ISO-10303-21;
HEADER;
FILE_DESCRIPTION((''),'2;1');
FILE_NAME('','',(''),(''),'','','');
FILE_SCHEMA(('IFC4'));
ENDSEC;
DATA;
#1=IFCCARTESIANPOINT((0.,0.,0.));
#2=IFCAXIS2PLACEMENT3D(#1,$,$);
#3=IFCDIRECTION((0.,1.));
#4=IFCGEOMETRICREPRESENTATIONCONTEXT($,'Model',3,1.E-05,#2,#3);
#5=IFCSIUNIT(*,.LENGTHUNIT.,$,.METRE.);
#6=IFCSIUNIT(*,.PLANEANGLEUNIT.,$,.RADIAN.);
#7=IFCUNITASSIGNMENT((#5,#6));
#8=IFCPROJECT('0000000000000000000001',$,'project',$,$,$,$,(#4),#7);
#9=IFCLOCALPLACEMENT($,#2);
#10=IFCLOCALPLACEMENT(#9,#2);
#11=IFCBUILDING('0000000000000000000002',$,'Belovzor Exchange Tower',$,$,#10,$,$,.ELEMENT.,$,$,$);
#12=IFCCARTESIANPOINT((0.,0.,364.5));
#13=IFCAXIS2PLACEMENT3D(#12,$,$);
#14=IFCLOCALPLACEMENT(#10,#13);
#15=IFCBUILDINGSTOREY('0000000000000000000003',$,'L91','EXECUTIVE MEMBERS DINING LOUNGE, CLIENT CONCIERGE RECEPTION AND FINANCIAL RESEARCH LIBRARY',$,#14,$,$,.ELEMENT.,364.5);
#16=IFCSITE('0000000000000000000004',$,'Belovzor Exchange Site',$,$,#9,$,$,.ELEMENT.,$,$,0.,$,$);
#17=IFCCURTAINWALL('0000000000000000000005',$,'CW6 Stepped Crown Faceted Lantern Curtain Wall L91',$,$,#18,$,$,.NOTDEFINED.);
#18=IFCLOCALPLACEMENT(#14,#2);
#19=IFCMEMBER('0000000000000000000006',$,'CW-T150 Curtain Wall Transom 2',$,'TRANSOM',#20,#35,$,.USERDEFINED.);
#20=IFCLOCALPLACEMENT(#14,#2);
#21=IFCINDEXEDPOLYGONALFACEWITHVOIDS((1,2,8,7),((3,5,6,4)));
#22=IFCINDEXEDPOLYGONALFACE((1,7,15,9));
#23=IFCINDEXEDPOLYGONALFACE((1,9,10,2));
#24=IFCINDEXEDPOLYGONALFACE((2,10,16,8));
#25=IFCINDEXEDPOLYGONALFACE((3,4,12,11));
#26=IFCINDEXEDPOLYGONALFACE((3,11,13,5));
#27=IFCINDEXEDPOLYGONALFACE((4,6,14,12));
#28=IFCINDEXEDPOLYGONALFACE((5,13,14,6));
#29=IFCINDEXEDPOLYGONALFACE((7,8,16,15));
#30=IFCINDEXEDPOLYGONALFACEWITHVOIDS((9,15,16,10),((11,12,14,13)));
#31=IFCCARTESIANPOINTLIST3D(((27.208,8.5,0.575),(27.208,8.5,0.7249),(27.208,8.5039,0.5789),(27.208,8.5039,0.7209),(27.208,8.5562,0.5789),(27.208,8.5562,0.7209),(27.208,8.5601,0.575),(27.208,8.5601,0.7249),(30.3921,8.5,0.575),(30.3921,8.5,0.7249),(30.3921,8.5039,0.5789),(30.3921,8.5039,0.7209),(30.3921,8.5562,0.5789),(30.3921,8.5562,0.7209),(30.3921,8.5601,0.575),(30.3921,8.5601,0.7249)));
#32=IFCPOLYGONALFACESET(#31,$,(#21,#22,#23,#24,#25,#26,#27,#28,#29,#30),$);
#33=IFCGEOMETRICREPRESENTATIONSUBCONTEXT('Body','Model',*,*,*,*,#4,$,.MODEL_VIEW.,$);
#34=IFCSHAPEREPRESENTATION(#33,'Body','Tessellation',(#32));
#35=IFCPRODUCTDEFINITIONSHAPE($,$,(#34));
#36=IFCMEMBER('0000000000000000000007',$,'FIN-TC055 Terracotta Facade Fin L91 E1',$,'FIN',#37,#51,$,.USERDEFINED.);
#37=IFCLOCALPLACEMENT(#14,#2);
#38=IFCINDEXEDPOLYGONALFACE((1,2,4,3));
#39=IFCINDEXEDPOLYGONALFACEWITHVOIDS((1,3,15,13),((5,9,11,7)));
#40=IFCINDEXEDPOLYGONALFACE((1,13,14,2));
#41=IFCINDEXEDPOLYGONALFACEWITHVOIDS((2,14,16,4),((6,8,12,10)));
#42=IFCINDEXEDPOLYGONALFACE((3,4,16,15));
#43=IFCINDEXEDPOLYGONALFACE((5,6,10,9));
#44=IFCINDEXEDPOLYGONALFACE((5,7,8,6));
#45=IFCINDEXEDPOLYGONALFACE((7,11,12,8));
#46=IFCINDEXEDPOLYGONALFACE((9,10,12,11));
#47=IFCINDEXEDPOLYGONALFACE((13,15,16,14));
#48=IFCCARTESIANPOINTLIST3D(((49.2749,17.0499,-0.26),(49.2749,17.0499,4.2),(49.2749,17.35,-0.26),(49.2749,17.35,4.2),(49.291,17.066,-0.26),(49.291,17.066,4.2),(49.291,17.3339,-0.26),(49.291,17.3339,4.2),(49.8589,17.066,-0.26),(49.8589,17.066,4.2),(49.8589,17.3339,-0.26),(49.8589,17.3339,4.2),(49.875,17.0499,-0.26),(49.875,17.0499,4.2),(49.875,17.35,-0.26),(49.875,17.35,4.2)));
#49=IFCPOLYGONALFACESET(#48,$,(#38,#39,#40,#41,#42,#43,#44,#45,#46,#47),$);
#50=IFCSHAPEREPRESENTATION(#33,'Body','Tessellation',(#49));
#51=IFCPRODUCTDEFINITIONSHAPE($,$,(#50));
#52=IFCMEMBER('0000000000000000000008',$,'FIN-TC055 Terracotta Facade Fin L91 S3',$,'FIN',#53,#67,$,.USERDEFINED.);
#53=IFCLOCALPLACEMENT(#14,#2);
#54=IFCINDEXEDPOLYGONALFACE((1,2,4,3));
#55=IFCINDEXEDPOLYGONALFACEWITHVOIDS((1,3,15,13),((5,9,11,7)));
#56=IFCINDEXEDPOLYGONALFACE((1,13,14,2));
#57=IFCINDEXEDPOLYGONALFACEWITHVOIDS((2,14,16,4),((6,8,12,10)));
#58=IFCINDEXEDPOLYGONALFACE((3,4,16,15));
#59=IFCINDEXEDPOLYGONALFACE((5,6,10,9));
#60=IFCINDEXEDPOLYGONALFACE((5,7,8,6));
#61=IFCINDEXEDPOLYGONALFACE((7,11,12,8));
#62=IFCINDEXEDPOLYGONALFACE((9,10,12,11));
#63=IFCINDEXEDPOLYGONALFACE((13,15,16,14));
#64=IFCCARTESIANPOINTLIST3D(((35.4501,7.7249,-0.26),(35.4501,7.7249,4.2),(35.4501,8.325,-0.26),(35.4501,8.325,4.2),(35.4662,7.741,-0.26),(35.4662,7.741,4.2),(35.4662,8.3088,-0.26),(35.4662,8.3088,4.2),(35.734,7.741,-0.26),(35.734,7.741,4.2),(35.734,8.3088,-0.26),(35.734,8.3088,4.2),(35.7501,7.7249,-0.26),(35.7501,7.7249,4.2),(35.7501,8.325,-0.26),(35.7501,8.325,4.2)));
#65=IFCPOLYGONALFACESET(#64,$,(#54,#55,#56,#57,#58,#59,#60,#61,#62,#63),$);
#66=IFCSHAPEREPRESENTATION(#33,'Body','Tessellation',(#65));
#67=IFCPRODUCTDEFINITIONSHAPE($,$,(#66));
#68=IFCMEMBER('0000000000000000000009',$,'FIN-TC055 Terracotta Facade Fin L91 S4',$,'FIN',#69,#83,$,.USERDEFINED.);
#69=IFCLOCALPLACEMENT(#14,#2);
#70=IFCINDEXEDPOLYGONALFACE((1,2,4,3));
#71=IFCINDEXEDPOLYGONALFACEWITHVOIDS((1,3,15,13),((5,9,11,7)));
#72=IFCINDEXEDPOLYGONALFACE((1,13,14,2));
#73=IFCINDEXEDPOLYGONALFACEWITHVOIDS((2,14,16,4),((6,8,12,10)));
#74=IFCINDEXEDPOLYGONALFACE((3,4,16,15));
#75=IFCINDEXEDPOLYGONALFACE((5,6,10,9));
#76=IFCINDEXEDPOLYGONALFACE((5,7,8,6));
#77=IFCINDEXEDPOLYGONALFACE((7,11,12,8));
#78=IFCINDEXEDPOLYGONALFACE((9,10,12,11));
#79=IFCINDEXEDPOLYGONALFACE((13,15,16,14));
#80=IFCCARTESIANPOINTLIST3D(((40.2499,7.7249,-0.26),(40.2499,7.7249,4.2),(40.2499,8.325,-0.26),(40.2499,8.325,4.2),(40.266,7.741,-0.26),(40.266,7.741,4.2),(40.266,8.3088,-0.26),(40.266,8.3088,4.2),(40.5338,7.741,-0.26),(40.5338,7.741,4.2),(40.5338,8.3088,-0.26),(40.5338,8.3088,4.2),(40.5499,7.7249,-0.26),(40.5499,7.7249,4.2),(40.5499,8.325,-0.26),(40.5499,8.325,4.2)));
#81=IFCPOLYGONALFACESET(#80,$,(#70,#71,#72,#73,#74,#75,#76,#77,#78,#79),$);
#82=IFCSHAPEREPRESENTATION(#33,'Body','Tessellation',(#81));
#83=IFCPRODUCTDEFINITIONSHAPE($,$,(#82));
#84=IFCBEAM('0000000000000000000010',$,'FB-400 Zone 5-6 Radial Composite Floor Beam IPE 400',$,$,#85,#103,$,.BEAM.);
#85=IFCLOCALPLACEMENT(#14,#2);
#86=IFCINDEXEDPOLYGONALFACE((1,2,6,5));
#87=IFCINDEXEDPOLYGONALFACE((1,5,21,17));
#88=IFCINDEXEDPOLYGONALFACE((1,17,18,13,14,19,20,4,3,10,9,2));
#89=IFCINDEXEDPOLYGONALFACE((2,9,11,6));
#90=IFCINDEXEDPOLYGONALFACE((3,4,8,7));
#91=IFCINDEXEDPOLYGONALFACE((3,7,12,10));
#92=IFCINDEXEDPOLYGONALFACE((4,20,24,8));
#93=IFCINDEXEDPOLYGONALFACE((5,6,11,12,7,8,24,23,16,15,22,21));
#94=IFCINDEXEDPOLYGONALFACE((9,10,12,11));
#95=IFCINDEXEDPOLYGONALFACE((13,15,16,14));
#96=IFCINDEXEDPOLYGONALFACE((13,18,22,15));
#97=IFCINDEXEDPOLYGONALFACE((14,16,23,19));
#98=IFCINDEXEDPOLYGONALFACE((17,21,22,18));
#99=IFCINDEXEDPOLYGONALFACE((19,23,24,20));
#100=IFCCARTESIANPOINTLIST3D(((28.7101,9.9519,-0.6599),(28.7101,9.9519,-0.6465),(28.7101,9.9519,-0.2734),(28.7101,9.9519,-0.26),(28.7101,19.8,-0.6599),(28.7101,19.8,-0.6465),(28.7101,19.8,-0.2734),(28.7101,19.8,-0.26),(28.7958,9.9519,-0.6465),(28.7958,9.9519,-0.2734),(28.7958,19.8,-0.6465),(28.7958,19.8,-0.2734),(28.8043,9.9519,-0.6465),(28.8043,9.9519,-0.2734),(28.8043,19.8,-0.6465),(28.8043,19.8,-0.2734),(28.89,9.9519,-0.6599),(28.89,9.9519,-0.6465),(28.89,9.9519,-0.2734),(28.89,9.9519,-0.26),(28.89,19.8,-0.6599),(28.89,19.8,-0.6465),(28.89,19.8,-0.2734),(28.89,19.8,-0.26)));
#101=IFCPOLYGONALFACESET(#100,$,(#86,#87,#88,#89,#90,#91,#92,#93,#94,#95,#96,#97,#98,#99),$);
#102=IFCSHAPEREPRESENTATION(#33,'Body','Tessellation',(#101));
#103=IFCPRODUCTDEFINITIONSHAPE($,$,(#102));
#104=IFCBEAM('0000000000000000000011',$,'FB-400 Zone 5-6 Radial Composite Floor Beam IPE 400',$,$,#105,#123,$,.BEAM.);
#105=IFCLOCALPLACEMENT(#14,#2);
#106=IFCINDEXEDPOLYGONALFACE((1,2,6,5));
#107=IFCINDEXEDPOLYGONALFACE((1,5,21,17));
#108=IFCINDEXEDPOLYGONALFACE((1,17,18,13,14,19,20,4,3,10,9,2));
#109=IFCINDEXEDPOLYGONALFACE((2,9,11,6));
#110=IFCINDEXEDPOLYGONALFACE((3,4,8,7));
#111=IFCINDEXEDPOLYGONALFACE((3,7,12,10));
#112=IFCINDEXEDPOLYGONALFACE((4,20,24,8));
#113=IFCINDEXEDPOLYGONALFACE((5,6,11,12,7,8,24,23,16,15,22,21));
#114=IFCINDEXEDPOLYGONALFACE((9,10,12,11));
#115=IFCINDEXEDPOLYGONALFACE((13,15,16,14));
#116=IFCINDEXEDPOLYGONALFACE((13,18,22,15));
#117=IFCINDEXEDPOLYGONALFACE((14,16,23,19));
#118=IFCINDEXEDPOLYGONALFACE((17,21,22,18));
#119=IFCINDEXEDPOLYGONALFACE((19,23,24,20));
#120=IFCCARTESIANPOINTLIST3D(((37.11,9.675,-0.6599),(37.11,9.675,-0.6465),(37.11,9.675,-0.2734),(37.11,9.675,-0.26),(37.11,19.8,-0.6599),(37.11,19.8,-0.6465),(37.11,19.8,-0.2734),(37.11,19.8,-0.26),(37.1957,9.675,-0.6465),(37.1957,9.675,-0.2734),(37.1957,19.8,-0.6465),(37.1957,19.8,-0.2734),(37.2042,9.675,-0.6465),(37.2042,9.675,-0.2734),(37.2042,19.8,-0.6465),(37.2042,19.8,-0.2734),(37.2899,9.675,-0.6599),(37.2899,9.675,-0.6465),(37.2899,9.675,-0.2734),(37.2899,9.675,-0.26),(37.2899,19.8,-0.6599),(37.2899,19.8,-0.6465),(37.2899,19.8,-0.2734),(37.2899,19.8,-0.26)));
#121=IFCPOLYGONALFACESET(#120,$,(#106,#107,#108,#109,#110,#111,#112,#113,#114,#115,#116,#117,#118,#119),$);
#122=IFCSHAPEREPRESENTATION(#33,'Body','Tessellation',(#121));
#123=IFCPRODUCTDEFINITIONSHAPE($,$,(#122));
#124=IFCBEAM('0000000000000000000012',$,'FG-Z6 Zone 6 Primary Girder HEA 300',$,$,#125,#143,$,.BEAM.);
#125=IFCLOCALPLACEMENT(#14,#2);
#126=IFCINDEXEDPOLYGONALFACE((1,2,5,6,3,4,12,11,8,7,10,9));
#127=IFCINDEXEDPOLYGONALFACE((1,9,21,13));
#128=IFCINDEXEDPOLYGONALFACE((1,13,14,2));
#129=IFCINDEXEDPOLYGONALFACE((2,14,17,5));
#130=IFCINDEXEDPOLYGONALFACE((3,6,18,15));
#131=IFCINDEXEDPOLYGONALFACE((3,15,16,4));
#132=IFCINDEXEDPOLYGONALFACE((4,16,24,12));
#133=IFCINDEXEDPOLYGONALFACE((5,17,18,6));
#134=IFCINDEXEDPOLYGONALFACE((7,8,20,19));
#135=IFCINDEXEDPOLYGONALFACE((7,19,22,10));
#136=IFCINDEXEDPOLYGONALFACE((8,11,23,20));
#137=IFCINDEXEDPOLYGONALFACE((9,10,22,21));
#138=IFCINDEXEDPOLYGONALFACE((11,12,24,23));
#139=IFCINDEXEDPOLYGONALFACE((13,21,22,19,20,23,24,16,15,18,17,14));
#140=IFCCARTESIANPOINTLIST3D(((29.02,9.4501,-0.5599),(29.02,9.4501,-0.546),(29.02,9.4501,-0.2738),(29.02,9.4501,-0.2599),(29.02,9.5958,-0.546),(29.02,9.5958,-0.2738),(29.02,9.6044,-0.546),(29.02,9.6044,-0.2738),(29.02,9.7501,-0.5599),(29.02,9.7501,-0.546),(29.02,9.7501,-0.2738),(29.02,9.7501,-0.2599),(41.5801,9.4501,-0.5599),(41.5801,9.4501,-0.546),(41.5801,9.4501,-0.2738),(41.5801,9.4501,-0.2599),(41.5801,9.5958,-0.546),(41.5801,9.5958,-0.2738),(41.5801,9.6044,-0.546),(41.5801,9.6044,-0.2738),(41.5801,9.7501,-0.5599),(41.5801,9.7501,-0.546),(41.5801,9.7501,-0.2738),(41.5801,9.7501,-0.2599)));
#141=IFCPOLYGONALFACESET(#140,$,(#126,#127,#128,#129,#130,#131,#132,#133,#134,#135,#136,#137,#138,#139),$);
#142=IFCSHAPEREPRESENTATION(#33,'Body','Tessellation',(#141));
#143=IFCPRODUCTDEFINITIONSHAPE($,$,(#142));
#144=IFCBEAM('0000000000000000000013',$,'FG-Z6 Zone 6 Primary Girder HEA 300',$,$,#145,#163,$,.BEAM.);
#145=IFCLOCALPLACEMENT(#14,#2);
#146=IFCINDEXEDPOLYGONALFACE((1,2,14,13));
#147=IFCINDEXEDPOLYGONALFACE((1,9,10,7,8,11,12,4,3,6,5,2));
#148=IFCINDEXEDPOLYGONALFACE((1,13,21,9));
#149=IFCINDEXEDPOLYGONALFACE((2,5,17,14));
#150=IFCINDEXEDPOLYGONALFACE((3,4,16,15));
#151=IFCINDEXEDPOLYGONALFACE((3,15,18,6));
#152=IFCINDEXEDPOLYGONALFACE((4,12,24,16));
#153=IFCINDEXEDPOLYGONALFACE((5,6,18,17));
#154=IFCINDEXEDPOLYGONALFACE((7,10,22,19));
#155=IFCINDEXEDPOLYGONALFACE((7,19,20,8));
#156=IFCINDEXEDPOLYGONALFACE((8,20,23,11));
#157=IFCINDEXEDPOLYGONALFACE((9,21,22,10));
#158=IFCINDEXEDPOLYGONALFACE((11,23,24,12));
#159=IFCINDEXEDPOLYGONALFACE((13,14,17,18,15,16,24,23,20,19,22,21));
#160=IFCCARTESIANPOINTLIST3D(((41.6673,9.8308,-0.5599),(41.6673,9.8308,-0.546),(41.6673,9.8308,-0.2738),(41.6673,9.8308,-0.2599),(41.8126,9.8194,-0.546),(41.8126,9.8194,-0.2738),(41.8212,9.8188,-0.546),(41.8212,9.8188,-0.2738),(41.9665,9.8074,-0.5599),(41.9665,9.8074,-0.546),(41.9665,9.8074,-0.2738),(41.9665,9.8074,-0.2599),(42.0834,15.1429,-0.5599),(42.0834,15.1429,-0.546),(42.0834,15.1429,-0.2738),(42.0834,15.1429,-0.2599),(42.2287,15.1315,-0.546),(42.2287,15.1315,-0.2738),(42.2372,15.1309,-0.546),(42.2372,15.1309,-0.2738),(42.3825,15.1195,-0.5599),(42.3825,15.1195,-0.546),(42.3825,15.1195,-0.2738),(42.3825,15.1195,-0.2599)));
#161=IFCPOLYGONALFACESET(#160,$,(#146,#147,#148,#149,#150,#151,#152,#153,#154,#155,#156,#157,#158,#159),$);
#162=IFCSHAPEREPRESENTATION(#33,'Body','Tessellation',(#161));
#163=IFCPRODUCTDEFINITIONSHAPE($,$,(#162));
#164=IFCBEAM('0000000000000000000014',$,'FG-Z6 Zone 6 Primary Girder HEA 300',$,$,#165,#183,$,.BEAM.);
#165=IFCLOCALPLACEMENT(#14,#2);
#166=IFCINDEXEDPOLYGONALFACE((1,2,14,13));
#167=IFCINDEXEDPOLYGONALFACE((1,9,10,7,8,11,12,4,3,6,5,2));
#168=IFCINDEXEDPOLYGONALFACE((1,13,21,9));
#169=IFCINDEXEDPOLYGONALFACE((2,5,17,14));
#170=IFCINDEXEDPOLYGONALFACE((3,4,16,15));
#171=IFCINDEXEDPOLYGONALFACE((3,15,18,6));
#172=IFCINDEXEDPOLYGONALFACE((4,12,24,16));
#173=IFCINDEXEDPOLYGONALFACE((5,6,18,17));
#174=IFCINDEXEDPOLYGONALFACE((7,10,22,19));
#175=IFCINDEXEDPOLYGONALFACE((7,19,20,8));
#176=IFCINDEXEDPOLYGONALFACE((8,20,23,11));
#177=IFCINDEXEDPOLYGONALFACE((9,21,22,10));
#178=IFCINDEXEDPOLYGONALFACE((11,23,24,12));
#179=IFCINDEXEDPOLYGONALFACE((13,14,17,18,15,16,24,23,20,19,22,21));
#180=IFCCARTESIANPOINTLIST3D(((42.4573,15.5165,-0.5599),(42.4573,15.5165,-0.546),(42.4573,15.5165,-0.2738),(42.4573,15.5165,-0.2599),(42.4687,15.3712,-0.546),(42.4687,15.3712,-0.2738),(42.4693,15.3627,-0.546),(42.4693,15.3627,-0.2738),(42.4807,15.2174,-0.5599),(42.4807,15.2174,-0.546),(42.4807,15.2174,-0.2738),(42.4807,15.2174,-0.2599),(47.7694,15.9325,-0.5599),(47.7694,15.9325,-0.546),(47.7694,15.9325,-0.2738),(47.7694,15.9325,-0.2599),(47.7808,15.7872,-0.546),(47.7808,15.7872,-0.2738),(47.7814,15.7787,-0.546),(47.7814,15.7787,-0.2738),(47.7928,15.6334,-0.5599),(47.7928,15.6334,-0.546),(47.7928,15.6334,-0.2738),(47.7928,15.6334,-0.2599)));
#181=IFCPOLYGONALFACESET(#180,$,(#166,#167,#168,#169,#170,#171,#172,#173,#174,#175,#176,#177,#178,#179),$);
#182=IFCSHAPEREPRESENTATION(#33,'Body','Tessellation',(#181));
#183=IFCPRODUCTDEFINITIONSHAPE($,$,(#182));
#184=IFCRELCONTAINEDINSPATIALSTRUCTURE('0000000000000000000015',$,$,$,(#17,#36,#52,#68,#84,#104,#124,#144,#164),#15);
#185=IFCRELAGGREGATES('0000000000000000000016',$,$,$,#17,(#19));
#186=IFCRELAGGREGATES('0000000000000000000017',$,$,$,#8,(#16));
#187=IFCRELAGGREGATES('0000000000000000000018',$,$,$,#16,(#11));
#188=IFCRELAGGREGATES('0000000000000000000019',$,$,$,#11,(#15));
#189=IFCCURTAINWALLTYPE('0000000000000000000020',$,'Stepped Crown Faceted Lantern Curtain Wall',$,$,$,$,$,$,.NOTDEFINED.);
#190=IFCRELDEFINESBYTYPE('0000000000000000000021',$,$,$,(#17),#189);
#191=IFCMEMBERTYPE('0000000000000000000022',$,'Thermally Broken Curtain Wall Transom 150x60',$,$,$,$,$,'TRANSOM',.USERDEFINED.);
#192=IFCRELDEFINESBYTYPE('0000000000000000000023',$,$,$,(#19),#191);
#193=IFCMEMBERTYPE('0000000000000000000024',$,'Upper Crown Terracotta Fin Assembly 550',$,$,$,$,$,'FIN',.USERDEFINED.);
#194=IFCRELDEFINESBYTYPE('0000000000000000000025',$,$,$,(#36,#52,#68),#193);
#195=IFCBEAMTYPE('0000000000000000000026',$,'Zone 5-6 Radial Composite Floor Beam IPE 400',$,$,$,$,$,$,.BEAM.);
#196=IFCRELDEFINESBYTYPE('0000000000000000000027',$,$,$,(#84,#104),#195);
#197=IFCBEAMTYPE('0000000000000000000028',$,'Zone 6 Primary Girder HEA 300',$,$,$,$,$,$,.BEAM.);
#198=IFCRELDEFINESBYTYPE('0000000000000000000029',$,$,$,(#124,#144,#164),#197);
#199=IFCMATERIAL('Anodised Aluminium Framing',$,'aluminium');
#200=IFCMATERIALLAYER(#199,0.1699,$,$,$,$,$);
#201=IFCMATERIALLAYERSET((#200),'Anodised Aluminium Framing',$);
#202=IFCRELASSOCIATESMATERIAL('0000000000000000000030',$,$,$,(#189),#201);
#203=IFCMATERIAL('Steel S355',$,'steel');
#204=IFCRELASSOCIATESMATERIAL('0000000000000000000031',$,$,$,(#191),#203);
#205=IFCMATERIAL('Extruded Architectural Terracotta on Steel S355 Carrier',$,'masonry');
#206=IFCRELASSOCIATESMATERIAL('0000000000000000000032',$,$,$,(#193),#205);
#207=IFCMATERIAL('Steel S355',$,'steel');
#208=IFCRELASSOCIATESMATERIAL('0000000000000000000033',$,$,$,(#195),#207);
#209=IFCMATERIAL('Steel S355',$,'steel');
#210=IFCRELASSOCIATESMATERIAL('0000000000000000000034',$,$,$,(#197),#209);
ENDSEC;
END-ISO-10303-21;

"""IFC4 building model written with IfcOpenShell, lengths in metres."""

from ifc_helpers import new_model, si_unit, direction, frame, origin, origin_2d, place, context, subcontext, project, spatial, hollow_rectangle, i_section, extrude, material, layer, layer_set, material_profile, profile_set, type_object, element, aggregate, save


model = new_model("IFC4")

# Units and contexts
model_context = context("Model", 3, precision=1e-05, world=origin(), true_north=direction((0.0, 1.0)))
body_context = subcontext(model_context, "Body", "Model", "MODEL_VIEW")
ifc_project = project(units=[si_unit("LENGTHUNIT", "METRE"), si_unit("PLANEANGLEUNIT", "RADIAN")], contexts=[model_context])

# Site, building, storey
site_placement = place(None, origin())
site = spatial("IfcSite", under=ifc_project, at=site_placement, Name="Belovzor Exchange Site", CompositionType="ELEMENT", RefElevation=0.0)
building_placement = place(site_placement, origin())
building = spatial("IfcBuilding", under=site, at=building_placement, Name="Belovzor Exchange Tower", CompositionType="ELEMENT")
storey_placement = place(building_placement, frame((0.0, 0.0, 364.5)))
storey = spatial("IfcBuildingStorey", under=building, at=storey_placement, Name="L91", Description="EXECUTIVE MEMBERS DINING LOUNGE, CLIENT CONCIERGE RECEPTION AND FINANCIAL RESEARCH LIBRARY", CompositionType="ELEMENT", Elevation=364.5)

# Curtain wall, member
ifc_material_1 = material(Name="Anodised Aluminium Framing", Category="aluminium")
ifc_layer_1 = layer(ifc_material_1, 0.1699)
ifc_layer_set_1 = layer_set([ifc_layer_1], Name="Anodised Aluminium Framing")
curtain_wall_type = type_object("IfcCurtainWallType", Name="Stepped Crown Faceted Lantern Curtain Wall", PredefinedType="NOTDEFINED", material=ifc_layer_set_1)
curtain_wall_placement = place(storey_placement, origin())
curtain_wall = element("IfcCurtainWall", 1, at=curtain_wall_placement, inside=storey, type_object=curtain_wall_type, Name="CW6 Stepped Crown Faceted Lantern Curtain Wall L91", PredefinedType="NOTDEFINED")
ifc_material_2 = material(Name="Steel S355", Category="steel")
ifc_material_profile_1 = material_profile(ifc_material_2, hollow_rectangle(XDim=0.0601, YDim=0.1499, WallThickness=0.0039, at=origin_2d()))
ifc_profile_set_1 = profile_set([ifc_material_profile_1], Name="Steel S355")
member_type_1 = type_object("IfcMemberType", Name="Thermally Broken Curtain Wall Transom 150x60", ElementType="TRANSOM", PredefinedType="USERDEFINED", material=ifc_profile_set_1)
member_1_placement = place(storey_placement, frame((30.3921, 8.53, 0.6499), z_axis=(-1.0, 0.0, 0.0), x_axis=(0.0, -1.0, 0.0)))
member_1 = element("IfcMember", 2, at=member_1_placement, type_object=member_type_1, Name="CW-T150 Curtain Wall Transom 2", ObjectType="TRANSOM", PredefinedType="USERDEFINED", context=body_context, shape_type="SweptSolid", body=[
    extrude(hollow_rectangle(XDim=0.0601, YDim=0.1499, WallThickness=0.0039, at=origin_2d()), origin(), (0.0, 0.0, 1.0), 3.1841),
])

# Members
ifc_material_3 = material(Name="Extruded Architectural Terracotta on Steel S355 Carrier", Category="masonry")
ifc_material_profile_2 = material_profile(ifc_material_3, hollow_rectangle(XDim=0.3, YDim=0.6001, WallThickness=0.0161, at=origin_2d()))
ifc_profile_set_2 = profile_set([ifc_material_profile_2], Name="Extruded Architectural Terracotta on Steel S355 Carrier")
member_type_2 = type_object("IfcMemberType", Name="Upper Crown Terracotta Fin Assembly 550", ElementType="FIN", PredefinedType="USERDEFINED", material=ifc_profile_set_2)
for number, where, z_axis, x_axis, name in (
    (3, (49.575, 17.2, -0.26), (0.0, 0.0, 1.0), (0.0, 1.0, 0.0), "FIN-TC055 Terracotta Facade Fin L91 E1"),
    (4, (35.6001, 8.0249, -0.26), (0.0, 0.0, 1.0), (1.0, 0.0, 0.0), "FIN-TC055 Terracotta Facade Fin L91 S3"),
    (5, (40.3999, 8.0249, -0.26), (0.0, 0.0, 1.0), (1.0, 0.0, 0.0), "FIN-TC055 Terracotta Facade Fin L91 S4"),
):
    element("IfcMember", number, at=place(storey_placement, frame(where, z_axis=z_axis, x_axis=x_axis)), inside=storey, type_object=member_type_2, Name=name, ObjectType="FIN", PredefinedType="USERDEFINED", context=body_context, shape_type="SweptSolid", body=[
        extrude(hollow_rectangle(XDim=0.3, YDim=0.6001, WallThickness=0.0161, at=origin_2d()), origin(), (0.0, 0.0, 1.0), 4.46),
    ])

# Beams
ifc_material_4 = material(Name="Steel S355", Category="steel")
ifc_material_profile_3 = material_profile(ifc_material_4, i_section(OverallWidth=0.1799, OverallDepth=0.3999, WebThickness=0.0085, FlangeThickness=0.0134, at=origin_2d()))
ifc_profile_set_3 = profile_set([ifc_material_profile_3], Name="Steel S355")
beam_type_1 = type_object("IfcBeamType", Name="Zone 5-6 Radial Composite Floor Beam IPE 400", PredefinedType="BEAM", material=ifc_profile_set_3)
beam_1_placement = place(storey_placement, frame((28.8, 19.8, -0.46), z_axis=(0.0, -1.0, 0.0), x_axis=(1.0, 0.0, 0.0)))
element("IfcBeam", 6, at=beam_1_placement, inside=storey, type_object=beam_type_1, Name="FB-400 Zone 5-6 Radial Composite Floor Beam IPE 400", PredefinedType="BEAM", context=body_context, shape_type="SweptSolid", body=[
    extrude(i_section(OverallWidth=0.1799, OverallDepth=0.3999, WebThickness=0.0085, FlangeThickness=0.0134, at=origin_2d()), origin(), (0.0, 0.0, 1.0), 9.8481),
])
beam_2_placement = place(storey_placement, frame((37.2, 19.8, -0.46), z_axis=(0.0, -1.0, 0.0), x_axis=(1.0, 0.0, 0.0)))
element("IfcBeam", 7, at=beam_2_placement, inside=storey, type_object=beam_type_1, Name="FB-400 Zone 5-6 Radial Composite Floor Beam IPE 400", PredefinedType="BEAM", context=body_context, shape_type="SweptSolid", body=[
    extrude(i_section(OverallWidth=0.1799, OverallDepth=0.3999, WebThickness=0.0085, FlangeThickness=0.0134, at=origin_2d()), origin(), (0.0, 0.0, 1.0), 10.125),
])
ifc_material_5 = material(Name="Steel S355", Category="steel")
ifc_material_profile_4 = material_profile(ifc_material_5, i_section(OverallWidth=0.3, OverallDepth=0.3, WebThickness=0.0085, FlangeThickness=0.0139, at=origin_2d()))
ifc_profile_set_4 = profile_set([ifc_material_profile_4], Name="Steel S355")
beam_type_2 = type_object("IfcBeamType", Name="Zone 6 Primary Girder HEA 300", PredefinedType="BEAM", material=ifc_profile_set_4)
beam_3_placement = place(storey_placement, frame((29.02, 9.6001, -0.4099), z_axis=(1.0, 0.0, 0.0), x_axis=(0.0, 1.0, 0.0)))
element("IfcBeam", 8, at=beam_3_placement, inside=storey, type_object=beam_type_2, Name="FG-Z6 Zone 6 Primary Girder HEA 300", PredefinedType="BEAM", context=body_context, shape_type="SweptSolid", body=[
    extrude(i_section(OverallWidth=0.3, OverallDepth=0.3, WebThickness=0.0085, FlangeThickness=0.0139, at=origin_2d()), origin(), (0.0, 0.0, 1.0), 12.5601),
])
for number, where, z_axis, x_axis, name in (
    (9, (41.8169, 9.8191, -0.4099), (0.078077, 0.996947, 0.0), (-0.996947, 0.078077, 0.0), "FG-Z6 Zone 6 Primary Girder HEA 300"),
    (10, (42.469, 15.3669, -0.4099), (0.996947, 0.078077, 0.0), (-0.078077, 0.996947, 0.0), "FG-Z6 Zone 6 Primary Girder HEA 300"),
):
    element("IfcBeam", number, at=place(storey_placement, frame(where, z_axis=z_axis, x_axis=x_axis)), inside=storey, type_object=beam_type_2, Name=name, PredefinedType="BEAM", context=body_context, shape_type="SweptSolid", body=[
        extrude(i_section(OverallWidth=0.3, OverallDepth=0.3, WebThickness=0.0085, FlangeThickness=0.0139, at=origin_2d()), origin(), (0.0, 0.0, 1.0), 5.3284),
    ])

aggregate(curtain_wall, [member_1])

save(model, "model.ifc")
